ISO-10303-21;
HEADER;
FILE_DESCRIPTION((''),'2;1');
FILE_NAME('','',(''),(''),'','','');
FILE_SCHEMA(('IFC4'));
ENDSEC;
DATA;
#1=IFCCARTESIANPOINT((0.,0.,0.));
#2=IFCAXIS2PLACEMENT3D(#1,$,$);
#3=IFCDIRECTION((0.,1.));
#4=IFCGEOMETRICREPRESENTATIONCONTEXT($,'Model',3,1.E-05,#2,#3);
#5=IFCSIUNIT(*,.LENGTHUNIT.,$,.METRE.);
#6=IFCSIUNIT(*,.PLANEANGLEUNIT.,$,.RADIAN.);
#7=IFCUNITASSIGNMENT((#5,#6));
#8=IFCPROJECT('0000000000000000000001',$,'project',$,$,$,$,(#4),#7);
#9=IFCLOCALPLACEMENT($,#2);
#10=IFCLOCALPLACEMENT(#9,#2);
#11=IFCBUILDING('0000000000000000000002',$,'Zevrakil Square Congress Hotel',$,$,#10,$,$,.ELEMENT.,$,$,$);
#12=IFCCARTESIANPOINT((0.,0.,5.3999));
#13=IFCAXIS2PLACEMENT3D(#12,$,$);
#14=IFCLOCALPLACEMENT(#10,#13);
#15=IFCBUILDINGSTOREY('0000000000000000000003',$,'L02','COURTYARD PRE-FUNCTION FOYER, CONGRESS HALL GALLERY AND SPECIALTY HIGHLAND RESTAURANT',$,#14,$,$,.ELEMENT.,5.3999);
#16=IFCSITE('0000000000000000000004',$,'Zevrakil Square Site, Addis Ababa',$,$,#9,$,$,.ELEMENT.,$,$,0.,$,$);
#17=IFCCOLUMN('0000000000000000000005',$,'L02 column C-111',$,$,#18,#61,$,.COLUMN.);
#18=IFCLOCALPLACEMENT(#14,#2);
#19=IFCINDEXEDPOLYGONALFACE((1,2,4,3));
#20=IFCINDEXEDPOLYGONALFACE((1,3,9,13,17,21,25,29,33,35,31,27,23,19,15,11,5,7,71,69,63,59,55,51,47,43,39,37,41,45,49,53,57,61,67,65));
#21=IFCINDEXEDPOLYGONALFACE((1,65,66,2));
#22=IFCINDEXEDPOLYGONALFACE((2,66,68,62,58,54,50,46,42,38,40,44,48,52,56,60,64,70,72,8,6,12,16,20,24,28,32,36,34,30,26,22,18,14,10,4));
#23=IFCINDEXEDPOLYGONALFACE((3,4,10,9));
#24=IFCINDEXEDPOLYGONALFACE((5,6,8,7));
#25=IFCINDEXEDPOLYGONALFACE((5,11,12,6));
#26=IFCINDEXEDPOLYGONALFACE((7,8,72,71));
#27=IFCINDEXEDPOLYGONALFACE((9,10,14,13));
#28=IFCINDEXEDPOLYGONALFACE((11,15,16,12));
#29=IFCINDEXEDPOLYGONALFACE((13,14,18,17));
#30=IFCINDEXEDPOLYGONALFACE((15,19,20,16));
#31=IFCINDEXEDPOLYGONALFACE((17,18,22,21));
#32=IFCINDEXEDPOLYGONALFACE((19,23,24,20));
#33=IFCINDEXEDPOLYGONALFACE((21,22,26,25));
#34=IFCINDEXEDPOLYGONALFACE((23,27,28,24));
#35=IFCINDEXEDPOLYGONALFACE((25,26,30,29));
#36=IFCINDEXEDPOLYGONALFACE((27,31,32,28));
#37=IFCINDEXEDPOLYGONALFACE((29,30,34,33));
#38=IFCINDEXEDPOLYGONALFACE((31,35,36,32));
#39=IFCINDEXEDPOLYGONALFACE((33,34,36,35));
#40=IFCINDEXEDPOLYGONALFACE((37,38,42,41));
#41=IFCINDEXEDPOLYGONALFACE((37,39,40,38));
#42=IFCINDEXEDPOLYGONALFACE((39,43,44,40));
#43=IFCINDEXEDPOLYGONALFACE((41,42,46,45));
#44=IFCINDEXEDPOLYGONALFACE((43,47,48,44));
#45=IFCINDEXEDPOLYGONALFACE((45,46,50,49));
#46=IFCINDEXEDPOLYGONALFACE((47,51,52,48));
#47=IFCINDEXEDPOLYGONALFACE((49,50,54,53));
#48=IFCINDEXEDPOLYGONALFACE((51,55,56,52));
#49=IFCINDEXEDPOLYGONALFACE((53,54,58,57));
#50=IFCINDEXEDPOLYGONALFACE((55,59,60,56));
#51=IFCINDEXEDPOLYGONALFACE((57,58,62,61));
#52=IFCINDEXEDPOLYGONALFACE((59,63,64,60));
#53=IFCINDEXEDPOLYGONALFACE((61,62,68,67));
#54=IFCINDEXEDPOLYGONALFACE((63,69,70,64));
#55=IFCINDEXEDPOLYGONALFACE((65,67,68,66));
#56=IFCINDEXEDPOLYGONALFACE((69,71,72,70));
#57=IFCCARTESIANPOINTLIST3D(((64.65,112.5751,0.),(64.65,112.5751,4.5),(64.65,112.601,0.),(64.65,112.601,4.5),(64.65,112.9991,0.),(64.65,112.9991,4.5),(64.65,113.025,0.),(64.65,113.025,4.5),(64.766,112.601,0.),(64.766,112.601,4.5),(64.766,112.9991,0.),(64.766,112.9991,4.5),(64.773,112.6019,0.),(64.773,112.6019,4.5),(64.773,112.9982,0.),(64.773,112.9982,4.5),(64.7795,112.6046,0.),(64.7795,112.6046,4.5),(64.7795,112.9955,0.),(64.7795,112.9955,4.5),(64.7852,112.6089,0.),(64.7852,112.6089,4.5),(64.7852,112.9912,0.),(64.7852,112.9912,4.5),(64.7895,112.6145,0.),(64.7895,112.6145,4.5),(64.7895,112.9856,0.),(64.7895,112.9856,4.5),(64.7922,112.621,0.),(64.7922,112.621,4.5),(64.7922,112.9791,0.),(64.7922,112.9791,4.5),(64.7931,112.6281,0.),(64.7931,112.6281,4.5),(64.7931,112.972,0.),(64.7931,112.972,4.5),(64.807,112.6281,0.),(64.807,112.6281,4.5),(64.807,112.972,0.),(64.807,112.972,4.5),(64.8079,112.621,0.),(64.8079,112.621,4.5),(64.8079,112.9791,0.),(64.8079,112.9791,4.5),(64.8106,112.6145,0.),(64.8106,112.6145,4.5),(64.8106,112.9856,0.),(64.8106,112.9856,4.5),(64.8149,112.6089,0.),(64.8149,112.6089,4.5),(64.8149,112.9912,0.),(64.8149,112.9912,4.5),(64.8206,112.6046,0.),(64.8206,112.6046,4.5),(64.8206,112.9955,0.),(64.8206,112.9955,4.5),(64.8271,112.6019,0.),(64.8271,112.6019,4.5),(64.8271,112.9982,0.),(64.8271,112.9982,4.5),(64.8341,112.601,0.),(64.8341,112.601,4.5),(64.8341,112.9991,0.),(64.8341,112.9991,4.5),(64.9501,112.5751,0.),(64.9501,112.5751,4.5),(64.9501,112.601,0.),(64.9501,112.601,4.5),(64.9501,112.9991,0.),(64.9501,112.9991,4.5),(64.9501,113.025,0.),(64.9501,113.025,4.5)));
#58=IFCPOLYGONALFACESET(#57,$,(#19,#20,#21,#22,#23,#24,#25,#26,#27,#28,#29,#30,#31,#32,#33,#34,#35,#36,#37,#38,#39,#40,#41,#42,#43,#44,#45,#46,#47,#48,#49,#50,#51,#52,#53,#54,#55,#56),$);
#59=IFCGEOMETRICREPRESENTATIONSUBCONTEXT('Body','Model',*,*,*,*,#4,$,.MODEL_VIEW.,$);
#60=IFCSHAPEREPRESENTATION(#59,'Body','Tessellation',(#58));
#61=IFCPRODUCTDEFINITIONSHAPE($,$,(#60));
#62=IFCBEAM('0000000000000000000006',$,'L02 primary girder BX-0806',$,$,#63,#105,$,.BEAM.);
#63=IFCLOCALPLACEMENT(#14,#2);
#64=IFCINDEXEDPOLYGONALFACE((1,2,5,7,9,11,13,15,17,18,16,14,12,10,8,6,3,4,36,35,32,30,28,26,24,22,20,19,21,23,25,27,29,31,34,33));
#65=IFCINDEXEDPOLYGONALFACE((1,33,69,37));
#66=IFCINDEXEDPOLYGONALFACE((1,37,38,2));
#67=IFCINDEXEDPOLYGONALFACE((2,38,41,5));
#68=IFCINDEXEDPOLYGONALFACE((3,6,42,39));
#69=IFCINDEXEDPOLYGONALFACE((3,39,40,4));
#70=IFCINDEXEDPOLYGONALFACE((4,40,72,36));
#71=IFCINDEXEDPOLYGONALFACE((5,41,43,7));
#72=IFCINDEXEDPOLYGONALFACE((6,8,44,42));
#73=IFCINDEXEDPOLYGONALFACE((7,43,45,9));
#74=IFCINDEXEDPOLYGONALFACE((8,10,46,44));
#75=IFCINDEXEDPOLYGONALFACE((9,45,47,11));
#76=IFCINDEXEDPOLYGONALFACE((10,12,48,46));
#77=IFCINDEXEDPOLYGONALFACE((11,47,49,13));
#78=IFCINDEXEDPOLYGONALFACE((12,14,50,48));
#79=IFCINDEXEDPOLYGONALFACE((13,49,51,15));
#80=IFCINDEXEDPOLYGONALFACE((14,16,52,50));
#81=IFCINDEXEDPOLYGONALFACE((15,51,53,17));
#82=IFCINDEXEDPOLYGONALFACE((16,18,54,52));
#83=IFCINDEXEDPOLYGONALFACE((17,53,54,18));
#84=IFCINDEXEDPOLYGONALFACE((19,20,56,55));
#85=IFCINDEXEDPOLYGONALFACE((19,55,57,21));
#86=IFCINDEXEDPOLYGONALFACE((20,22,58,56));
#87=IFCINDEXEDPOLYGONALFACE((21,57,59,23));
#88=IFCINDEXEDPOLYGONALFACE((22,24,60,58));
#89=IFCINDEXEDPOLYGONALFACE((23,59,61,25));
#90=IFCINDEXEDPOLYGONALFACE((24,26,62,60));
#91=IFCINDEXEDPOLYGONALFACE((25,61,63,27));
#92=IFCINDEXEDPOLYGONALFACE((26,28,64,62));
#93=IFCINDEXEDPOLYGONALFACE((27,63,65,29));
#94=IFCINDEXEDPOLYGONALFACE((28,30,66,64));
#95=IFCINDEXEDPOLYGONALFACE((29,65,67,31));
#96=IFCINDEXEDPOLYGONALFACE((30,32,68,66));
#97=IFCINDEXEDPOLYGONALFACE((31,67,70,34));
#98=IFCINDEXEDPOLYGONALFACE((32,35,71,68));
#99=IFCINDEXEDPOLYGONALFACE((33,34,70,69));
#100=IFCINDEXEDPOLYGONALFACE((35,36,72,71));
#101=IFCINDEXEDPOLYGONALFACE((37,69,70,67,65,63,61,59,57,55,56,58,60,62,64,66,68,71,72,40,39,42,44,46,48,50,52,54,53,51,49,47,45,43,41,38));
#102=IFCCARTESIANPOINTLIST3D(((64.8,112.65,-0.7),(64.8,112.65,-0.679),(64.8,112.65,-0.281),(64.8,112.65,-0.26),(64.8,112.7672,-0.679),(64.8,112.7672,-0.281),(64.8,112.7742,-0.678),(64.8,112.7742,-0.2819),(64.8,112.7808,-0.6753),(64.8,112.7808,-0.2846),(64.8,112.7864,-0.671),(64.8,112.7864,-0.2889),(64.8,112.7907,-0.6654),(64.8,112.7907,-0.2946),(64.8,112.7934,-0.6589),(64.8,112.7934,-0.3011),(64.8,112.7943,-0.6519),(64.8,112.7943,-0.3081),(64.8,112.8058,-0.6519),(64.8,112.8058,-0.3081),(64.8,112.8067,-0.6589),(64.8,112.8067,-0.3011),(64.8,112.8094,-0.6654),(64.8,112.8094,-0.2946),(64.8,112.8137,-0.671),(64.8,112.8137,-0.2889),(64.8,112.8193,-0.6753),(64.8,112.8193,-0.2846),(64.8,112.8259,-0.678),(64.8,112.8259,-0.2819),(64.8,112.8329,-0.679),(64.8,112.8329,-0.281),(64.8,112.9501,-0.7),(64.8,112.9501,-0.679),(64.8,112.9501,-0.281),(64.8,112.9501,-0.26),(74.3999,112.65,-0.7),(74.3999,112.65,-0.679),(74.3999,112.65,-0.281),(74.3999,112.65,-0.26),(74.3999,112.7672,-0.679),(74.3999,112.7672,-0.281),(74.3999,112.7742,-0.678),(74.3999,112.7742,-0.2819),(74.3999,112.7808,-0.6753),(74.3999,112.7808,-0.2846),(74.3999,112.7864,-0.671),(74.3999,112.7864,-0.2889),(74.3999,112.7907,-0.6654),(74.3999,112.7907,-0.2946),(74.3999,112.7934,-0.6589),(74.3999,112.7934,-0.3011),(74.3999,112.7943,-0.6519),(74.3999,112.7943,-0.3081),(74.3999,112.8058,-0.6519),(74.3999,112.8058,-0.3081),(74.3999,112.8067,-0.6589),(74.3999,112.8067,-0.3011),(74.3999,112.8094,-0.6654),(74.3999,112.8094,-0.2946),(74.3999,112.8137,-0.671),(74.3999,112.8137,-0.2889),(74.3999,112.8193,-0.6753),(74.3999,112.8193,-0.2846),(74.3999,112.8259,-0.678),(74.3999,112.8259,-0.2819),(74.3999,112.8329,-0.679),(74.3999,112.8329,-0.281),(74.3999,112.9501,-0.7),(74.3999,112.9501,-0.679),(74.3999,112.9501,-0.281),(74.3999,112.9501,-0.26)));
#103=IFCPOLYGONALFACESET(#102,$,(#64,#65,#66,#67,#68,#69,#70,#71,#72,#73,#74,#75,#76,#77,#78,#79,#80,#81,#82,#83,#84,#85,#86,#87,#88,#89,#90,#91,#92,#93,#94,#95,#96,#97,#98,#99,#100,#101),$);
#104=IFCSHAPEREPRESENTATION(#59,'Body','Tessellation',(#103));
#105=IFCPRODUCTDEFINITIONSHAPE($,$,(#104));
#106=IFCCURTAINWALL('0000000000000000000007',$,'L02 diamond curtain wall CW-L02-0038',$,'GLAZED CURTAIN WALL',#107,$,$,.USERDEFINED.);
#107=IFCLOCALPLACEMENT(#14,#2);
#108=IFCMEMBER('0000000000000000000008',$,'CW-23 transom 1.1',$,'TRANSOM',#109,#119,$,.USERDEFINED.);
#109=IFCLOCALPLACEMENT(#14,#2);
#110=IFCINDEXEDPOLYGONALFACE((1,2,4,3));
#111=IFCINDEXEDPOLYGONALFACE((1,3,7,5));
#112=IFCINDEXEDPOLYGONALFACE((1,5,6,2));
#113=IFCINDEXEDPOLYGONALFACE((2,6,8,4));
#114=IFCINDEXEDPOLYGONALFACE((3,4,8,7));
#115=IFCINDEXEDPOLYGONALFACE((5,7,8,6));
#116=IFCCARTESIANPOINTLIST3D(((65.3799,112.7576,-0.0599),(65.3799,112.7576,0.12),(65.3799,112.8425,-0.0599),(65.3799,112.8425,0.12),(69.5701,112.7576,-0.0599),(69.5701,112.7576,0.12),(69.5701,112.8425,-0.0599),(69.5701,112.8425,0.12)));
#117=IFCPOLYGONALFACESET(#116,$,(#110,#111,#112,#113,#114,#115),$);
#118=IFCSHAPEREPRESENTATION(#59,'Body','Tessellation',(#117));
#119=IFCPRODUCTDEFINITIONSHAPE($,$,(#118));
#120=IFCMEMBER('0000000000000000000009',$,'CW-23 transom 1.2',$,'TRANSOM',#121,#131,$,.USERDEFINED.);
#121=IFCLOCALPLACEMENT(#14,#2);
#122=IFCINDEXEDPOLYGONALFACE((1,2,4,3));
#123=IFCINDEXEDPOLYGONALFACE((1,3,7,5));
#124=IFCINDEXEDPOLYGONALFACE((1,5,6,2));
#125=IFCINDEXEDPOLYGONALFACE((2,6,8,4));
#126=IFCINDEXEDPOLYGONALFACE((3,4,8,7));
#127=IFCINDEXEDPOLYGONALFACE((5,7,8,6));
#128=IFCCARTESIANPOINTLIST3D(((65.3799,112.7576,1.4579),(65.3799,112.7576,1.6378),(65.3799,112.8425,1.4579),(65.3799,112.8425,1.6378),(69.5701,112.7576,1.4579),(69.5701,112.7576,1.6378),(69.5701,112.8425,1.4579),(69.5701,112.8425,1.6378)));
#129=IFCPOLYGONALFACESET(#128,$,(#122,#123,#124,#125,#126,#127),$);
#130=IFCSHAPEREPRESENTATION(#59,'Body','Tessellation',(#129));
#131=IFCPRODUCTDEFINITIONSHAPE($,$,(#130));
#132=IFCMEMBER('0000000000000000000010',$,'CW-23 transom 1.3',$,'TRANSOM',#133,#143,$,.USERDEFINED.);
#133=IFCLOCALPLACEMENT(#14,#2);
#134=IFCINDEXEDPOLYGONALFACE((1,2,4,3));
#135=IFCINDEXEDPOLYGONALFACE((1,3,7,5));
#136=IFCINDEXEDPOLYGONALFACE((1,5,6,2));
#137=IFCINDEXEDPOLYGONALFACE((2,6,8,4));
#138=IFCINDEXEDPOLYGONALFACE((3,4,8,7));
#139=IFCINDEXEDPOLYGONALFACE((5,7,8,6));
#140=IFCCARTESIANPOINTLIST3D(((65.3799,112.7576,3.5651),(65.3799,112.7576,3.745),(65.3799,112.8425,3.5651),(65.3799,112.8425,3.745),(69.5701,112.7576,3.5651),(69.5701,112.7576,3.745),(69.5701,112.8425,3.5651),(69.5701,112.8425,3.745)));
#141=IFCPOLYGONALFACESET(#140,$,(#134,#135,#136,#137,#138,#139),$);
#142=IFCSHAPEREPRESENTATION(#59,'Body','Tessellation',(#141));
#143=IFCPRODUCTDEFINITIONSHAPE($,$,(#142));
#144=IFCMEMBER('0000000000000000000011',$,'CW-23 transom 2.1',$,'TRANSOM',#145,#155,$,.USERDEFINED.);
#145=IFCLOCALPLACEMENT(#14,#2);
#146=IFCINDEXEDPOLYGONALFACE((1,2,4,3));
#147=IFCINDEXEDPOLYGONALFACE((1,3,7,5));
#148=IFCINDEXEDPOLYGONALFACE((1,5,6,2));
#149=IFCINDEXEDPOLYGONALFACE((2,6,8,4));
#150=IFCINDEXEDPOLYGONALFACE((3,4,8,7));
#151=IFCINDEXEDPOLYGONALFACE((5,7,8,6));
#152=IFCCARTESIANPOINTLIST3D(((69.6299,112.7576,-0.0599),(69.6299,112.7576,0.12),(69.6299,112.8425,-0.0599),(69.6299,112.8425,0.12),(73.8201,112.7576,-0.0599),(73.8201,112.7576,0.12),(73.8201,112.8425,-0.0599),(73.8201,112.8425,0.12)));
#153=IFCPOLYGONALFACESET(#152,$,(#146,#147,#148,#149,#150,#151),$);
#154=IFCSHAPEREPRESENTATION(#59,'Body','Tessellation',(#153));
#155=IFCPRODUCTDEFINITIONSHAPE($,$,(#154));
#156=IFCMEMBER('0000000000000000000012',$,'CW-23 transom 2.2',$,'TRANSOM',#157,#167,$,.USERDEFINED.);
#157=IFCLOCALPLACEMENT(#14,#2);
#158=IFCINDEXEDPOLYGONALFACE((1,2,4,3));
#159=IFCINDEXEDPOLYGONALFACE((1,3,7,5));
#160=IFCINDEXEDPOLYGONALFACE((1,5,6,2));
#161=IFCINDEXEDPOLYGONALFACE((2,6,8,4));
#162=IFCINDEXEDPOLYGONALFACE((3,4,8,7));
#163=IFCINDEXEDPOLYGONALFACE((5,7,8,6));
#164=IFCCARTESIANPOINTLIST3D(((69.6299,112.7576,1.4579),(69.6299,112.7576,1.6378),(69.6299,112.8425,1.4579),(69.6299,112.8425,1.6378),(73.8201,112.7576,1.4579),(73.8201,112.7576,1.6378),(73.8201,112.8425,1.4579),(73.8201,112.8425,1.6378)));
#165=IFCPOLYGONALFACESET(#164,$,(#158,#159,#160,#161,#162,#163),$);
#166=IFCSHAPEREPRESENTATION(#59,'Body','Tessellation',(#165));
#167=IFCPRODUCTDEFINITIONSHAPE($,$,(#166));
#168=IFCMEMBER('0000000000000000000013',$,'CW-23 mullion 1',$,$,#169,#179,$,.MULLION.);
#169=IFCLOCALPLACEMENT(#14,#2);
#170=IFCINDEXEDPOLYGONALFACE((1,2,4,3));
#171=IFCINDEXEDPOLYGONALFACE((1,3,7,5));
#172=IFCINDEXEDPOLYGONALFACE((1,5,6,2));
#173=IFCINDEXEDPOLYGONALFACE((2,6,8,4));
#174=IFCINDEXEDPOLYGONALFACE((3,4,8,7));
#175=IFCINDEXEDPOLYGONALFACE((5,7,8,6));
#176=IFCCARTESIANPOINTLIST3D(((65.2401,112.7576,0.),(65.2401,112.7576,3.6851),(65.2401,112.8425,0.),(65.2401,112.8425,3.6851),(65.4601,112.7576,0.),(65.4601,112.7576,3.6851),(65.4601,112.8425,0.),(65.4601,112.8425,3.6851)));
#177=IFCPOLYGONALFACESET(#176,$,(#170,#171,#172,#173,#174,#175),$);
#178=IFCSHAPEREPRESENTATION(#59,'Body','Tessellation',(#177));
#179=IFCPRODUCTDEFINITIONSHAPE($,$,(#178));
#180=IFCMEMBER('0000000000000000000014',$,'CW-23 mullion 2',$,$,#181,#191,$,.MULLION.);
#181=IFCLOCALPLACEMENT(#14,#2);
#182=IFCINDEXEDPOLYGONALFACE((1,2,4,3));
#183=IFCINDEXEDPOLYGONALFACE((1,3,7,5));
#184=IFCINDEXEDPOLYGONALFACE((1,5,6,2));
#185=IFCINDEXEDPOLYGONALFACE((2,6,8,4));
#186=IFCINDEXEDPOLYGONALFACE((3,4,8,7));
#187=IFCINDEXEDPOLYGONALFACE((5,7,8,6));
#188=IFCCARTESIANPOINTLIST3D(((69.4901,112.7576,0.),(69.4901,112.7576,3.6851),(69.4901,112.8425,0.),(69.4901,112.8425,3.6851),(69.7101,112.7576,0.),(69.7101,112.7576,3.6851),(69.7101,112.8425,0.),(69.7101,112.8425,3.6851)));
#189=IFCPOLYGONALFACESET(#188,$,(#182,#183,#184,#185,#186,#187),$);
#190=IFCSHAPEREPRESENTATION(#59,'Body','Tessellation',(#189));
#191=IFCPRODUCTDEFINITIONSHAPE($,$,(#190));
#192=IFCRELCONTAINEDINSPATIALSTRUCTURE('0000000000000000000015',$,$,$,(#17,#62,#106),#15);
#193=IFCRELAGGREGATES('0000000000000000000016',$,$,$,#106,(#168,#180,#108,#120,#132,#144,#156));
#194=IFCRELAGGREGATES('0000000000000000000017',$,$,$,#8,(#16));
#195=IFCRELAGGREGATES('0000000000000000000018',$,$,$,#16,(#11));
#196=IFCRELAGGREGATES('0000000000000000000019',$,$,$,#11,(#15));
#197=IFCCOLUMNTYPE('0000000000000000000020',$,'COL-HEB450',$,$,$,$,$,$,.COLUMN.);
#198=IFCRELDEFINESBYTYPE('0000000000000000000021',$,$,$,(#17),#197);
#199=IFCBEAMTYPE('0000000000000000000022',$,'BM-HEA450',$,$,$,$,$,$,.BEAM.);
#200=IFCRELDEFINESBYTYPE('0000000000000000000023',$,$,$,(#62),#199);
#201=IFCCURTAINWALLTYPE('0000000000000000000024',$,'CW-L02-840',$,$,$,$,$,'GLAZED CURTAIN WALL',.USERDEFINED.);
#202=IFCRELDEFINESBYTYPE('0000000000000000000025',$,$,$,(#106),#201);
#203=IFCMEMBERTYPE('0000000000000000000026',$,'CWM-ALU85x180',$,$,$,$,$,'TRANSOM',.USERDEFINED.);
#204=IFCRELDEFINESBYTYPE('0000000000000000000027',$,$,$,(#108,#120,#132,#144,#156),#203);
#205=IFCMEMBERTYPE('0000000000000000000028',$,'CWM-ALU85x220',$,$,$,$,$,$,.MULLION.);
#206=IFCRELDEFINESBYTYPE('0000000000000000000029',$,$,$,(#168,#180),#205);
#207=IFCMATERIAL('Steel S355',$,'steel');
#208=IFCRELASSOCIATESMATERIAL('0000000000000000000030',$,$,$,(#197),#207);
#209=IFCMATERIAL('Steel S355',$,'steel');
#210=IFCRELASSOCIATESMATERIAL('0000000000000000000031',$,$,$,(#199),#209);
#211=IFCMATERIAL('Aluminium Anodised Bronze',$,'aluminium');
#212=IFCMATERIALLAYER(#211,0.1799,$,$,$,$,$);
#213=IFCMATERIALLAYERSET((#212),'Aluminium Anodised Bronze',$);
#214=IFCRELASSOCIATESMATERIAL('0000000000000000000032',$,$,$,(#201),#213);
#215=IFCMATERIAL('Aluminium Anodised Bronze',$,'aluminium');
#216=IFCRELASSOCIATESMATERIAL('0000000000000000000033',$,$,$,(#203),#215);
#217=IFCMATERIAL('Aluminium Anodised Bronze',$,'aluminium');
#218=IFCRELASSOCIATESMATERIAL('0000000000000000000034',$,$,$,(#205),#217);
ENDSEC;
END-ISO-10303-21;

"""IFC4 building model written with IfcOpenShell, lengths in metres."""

from ifc_helpers import new_model, si_unit, direction, frame, origin, origin_2d, place, context, subcontext, project, spatial, rectangle, i_section, extrude, material, layer, layer_set, material_profile, profile_set, type_object, element, aggregate, save


model = new_model("IFC4")

# Units and contexts
model_context = context("Model", 3, precision=1e-05, world=origin(), true_north=direction((0.0, 1.0)))
body_context = subcontext(model_context, "Body", "Model", "MODEL_VIEW")
ifc_project = project(units=[si_unit("LENGTHUNIT", "METRE"), si_unit("PLANEANGLEUNIT", "RADIAN")], contexts=[model_context])

# Site, building, storey
site_placement = place(None, origin())
site = spatial("IfcSite", under=ifc_project, at=site_placement, Name="Zevrakil Square Site, Addis Ababa", CompositionType="ELEMENT", RefElevation=0.0)
building_placement = place(site_placement, origin())
building = spatial("IfcBuilding", under=site, at=building_placement, Name="Zevrakil Square Congress Hotel", CompositionType="ELEMENT")
storey_placement = place(building_placement, frame((0.0, 0.0, 5.3999)))
storey = spatial("IfcBuildingStorey", under=building, at=storey_placement, Name="L02", Description="COURTYARD PRE-FUNCTION FOYER, CONGRESS HALL GALLERY AND SPECIALTY HIGHLAND RESTAURANT", CompositionType="ELEMENT", Elevation=5.3999)

# Column
ifc_material_1 = material(Name="Steel S355", Category="steel")
ifc_material_profile_1 = material_profile(ifc_material_1, i_section(OverallWidth=0.3, OverallDepth=0.45, WebThickness=0.0139, FlangeThickness=0.0259, FilletRadius=0.0271, at=origin_2d()), Name="HEB 450")
ifc_profile_set_1 = profile_set([ifc_material_profile_1], Name="Steel S355")
column_type = type_object("IfcColumnType", Name="COL-HEB450", PredefinedType="COLUMN", material=ifc_profile_set_1)
column_placement = place(storey_placement, frame((64.8, 112.8, 0.0), z_axis=(0.0, 0.0, 1.0), x_axis=(1.0, 0.0, 0.0)))
element("IfcColumn", 1, at=column_placement, inside=storey, type_object=column_type, Name="L02 column C-111", PredefinedType="COLUMN", context=body_context, shape_type="SweptSolid", body=[
    extrude(i_section(OverallWidth=0.3, OverallDepth=0.45, WebThickness=0.0139, FlangeThickness=0.0259, FilletRadius=0.0271, at=origin_2d()), origin(), (0.0, 0.0, 1.0), 4.5),
])

# Beam
ifc_material_2 = material(Name="Steel S355", Category="steel")
ifc_material_profile_2 = material_profile(ifc_material_2, i_section(OverallWidth=0.3, OverallDepth=0.4399, WebThickness=0.0115, FlangeThickness=0.021, FilletRadius=0.0271, at=origin_2d()), Name="HEA 450")
ifc_profile_set_2 = profile_set([ifc_material_profile_2], Name="Steel S355")
beam_type = type_object("IfcBeamType", Name="BM-HEA450", PredefinedType="BEAM", material=ifc_profile_set_2)
beam_placement = place(storey_placement, frame((64.8, 112.8, -0.48), z_axis=(1.0, 0.0, 0.0), x_axis=(0.0, 1.0, 0.0)))
element("IfcBeam", 2, at=beam_placement, inside=storey, type_object=beam_type, Name="L02 primary girder BX-0806", PredefinedType="BEAM", context=body_context, shape_type="SweptSolid", body=[
    extrude(i_section(OverallWidth=0.3, OverallDepth=0.4399, WebThickness=0.0115, FlangeThickness=0.021, FilletRadius=0.0271, at=origin_2d()), origin(), (0.0, 0.0, 1.0), 9.5999),
])

# Curtain wall, members
ifc_material_3 = material(Name="Aluminium Anodised Bronze", Category="aluminium")
ifc_layer_1 = layer(ifc_material_3, 0.1799)
ifc_layer_set_1 = layer_set([ifc_layer_1], Name="Aluminium Anodised Bronze")
curtain_wall_type = type_object("IfcCurtainWallType", Name="CW-L02-840", ElementType="GLAZED CURTAIN WALL", PredefinedType="USERDEFINED", material=ifc_layer_set_1)
curtain_wall_placement = place(storey_placement, origin())
curtain_wall = element("IfcCurtainWall", 3, at=curtain_wall_placement, inside=storey, type_object=curtain_wall_type, Name="L02 diamond curtain wall CW-L02-0038", ObjectType="GLAZED CURTAIN WALL", PredefinedType="USERDEFINED")
ifc_material_4 = material(Name="Aluminium Anodised Bronze", Category="aluminium")
ifc_material_profile_3 = material_profile(ifc_material_4, rectangle(XDim=0.085, YDim=0.1799, at=origin_2d()), Name="ALU 85x180")
ifc_profile_set_3 = profile_set([ifc_material_profile_3], Name="Aluminium Anodised Bronze")
member_type_1 = type_object("IfcMemberType", Name="CWM-ALU85x180", ElementType="TRANSOM", PredefinedType="USERDEFINED", material=ifc_profile_set_3)
member_1_placement = place(storey_placement, frame((65.3799, 112.8, 0.03), z_axis=(1.0, 0.0, 0.0), x_axis=(0.0, 1.0, 0.0)))
member_1 = element("IfcMember", 4, at=member_1_placement, type_object=member_type_1, Name="CW-23 transom 1.1", ObjectType="TRANSOM", PredefinedType="USERDEFINED", context=body_context, shape_type="SweptSolid", body=[
    extrude(rectangle(XDim=0.085, YDim=0.1799, at=origin_2d()), origin(), (0.0, 0.0, 1.0), 4.1902),
])
member_2_placement = place(storey_placement, frame((65.3799, 112.8, 1.5479), z_axis=(1.0, 0.0, 0.0), x_axis=(0.0, 1.0, 0.0)))
member_2 = element("IfcMember", 5, at=member_2_placement, type_object=member_type_1, Name="CW-23 transom 1.2", ObjectType="TRANSOM", PredefinedType="USERDEFINED", context=body_context, shape_type="SweptSolid", body=[
    extrude(rectangle(XDim=0.085, YDim=0.1799, at=origin_2d()), origin(), (0.0, 0.0, 1.0), 4.1902),
])
member_3_placement = place(storey_placement, frame((65.3799, 112.8, 3.655), z_axis=(1.0, 0.0, 0.0), x_axis=(0.0, 1.0, 0.0)))
member_3 = element("IfcMember", 6, at=member_3_placement, type_object=member_type_1, Name="CW-23 transom 1.3", ObjectType="TRANSOM", PredefinedType="USERDEFINED", context=body_context, shape_type="SweptSolid", body=[
    extrude(rectangle(XDim=0.085, YDim=0.1799, at=origin_2d()), origin(), (0.0, 0.0, 1.0), 4.1902),
])
member_4_placement = place(storey_placement, frame((69.6299, 112.8, 0.03), z_axis=(1.0, 0.0, 0.0), x_axis=(0.0, 1.0, 0.0)))
member_4 = element("IfcMember", 7, at=member_4_placement, type_object=member_type_1, Name="CW-23 transom 2.1", ObjectType="TRANSOM", PredefinedType="USERDEFINED", context=body_context, shape_type="SweptSolid", body=[
    extrude(rectangle(XDim=0.085, YDim=0.1799, at=origin_2d()), origin(), (0.0, 0.0, 1.0), 4.1902),
])
member_5_placement = place(storey_placement, frame((69.6299, 112.8, 1.5479), z_axis=(1.0, 0.0, 0.0), x_axis=(0.0, 1.0, 0.0)))
member_5 = element("IfcMember", 8, at=member_5_placement, type_object=member_type_1, Name="CW-23 transom 2.2", ObjectType="TRANSOM", PredefinedType="USERDEFINED", context=body_context, shape_type="SweptSolid", body=[
    extrude(rectangle(XDim=0.085, YDim=0.1799, at=origin_2d()), origin(), (0.0, 0.0, 1.0), 4.1902),
])
ifc_material_5 = material(Name="Aluminium Anodised Bronze", Category="aluminium")
ifc_material_profile_4 = material_profile(ifc_material_5, rectangle(XDim=0.085, YDim=0.22, at=origin_2d()), Name="ALU 85x220")
ifc_profile_set_4 = profile_set([ifc_material_profile_4], Name="Aluminium Anodised Bronze")
member_type_2 = type_object("IfcMemberType", Name="CWM-ALU85x220", PredefinedType="MULLION", material=ifc_profile_set_4)
member_6_placement = place(storey_placement, frame((65.3501, 112.8, 0.0), z_axis=(0.0, 0.0, 1.0), x_axis=(0.0, 1.0, 0.0)))
member_6 = element("IfcMember", 9, at=member_6_placement, type_object=member_type_2, Name="CW-23 mullion 1", PredefinedType="MULLION", context=body_context, shape_type="SweptSolid", body=[
    extrude(rectangle(XDim=0.085, YDim=0.22, at=origin_2d()), origin(), (0.0, 0.0, 1.0), 3.6851),
])
member_7_placement = place(storey_placement, frame((69.6001, 112.8, 0.0), z_axis=(0.0, 0.0, 1.0), x_axis=(0.0, 1.0, 0.0)))
member_7 = element("IfcMember", 10, at=member_7_placement, type_object=member_type_2, Name="CW-23 mullion 2", PredefinedType="MULLION", context=body_context, shape_type="SweptSolid", body=[
    extrude(rectangle(XDim=0.085, YDim=0.22, at=origin_2d()), origin(), (0.0, 0.0, 1.0), 3.6851),
])
aggregate(curtain_wall, [member_6, member_7, member_1, member_2, member_3, member_4, member_5])

save(model, "model.ifc")
